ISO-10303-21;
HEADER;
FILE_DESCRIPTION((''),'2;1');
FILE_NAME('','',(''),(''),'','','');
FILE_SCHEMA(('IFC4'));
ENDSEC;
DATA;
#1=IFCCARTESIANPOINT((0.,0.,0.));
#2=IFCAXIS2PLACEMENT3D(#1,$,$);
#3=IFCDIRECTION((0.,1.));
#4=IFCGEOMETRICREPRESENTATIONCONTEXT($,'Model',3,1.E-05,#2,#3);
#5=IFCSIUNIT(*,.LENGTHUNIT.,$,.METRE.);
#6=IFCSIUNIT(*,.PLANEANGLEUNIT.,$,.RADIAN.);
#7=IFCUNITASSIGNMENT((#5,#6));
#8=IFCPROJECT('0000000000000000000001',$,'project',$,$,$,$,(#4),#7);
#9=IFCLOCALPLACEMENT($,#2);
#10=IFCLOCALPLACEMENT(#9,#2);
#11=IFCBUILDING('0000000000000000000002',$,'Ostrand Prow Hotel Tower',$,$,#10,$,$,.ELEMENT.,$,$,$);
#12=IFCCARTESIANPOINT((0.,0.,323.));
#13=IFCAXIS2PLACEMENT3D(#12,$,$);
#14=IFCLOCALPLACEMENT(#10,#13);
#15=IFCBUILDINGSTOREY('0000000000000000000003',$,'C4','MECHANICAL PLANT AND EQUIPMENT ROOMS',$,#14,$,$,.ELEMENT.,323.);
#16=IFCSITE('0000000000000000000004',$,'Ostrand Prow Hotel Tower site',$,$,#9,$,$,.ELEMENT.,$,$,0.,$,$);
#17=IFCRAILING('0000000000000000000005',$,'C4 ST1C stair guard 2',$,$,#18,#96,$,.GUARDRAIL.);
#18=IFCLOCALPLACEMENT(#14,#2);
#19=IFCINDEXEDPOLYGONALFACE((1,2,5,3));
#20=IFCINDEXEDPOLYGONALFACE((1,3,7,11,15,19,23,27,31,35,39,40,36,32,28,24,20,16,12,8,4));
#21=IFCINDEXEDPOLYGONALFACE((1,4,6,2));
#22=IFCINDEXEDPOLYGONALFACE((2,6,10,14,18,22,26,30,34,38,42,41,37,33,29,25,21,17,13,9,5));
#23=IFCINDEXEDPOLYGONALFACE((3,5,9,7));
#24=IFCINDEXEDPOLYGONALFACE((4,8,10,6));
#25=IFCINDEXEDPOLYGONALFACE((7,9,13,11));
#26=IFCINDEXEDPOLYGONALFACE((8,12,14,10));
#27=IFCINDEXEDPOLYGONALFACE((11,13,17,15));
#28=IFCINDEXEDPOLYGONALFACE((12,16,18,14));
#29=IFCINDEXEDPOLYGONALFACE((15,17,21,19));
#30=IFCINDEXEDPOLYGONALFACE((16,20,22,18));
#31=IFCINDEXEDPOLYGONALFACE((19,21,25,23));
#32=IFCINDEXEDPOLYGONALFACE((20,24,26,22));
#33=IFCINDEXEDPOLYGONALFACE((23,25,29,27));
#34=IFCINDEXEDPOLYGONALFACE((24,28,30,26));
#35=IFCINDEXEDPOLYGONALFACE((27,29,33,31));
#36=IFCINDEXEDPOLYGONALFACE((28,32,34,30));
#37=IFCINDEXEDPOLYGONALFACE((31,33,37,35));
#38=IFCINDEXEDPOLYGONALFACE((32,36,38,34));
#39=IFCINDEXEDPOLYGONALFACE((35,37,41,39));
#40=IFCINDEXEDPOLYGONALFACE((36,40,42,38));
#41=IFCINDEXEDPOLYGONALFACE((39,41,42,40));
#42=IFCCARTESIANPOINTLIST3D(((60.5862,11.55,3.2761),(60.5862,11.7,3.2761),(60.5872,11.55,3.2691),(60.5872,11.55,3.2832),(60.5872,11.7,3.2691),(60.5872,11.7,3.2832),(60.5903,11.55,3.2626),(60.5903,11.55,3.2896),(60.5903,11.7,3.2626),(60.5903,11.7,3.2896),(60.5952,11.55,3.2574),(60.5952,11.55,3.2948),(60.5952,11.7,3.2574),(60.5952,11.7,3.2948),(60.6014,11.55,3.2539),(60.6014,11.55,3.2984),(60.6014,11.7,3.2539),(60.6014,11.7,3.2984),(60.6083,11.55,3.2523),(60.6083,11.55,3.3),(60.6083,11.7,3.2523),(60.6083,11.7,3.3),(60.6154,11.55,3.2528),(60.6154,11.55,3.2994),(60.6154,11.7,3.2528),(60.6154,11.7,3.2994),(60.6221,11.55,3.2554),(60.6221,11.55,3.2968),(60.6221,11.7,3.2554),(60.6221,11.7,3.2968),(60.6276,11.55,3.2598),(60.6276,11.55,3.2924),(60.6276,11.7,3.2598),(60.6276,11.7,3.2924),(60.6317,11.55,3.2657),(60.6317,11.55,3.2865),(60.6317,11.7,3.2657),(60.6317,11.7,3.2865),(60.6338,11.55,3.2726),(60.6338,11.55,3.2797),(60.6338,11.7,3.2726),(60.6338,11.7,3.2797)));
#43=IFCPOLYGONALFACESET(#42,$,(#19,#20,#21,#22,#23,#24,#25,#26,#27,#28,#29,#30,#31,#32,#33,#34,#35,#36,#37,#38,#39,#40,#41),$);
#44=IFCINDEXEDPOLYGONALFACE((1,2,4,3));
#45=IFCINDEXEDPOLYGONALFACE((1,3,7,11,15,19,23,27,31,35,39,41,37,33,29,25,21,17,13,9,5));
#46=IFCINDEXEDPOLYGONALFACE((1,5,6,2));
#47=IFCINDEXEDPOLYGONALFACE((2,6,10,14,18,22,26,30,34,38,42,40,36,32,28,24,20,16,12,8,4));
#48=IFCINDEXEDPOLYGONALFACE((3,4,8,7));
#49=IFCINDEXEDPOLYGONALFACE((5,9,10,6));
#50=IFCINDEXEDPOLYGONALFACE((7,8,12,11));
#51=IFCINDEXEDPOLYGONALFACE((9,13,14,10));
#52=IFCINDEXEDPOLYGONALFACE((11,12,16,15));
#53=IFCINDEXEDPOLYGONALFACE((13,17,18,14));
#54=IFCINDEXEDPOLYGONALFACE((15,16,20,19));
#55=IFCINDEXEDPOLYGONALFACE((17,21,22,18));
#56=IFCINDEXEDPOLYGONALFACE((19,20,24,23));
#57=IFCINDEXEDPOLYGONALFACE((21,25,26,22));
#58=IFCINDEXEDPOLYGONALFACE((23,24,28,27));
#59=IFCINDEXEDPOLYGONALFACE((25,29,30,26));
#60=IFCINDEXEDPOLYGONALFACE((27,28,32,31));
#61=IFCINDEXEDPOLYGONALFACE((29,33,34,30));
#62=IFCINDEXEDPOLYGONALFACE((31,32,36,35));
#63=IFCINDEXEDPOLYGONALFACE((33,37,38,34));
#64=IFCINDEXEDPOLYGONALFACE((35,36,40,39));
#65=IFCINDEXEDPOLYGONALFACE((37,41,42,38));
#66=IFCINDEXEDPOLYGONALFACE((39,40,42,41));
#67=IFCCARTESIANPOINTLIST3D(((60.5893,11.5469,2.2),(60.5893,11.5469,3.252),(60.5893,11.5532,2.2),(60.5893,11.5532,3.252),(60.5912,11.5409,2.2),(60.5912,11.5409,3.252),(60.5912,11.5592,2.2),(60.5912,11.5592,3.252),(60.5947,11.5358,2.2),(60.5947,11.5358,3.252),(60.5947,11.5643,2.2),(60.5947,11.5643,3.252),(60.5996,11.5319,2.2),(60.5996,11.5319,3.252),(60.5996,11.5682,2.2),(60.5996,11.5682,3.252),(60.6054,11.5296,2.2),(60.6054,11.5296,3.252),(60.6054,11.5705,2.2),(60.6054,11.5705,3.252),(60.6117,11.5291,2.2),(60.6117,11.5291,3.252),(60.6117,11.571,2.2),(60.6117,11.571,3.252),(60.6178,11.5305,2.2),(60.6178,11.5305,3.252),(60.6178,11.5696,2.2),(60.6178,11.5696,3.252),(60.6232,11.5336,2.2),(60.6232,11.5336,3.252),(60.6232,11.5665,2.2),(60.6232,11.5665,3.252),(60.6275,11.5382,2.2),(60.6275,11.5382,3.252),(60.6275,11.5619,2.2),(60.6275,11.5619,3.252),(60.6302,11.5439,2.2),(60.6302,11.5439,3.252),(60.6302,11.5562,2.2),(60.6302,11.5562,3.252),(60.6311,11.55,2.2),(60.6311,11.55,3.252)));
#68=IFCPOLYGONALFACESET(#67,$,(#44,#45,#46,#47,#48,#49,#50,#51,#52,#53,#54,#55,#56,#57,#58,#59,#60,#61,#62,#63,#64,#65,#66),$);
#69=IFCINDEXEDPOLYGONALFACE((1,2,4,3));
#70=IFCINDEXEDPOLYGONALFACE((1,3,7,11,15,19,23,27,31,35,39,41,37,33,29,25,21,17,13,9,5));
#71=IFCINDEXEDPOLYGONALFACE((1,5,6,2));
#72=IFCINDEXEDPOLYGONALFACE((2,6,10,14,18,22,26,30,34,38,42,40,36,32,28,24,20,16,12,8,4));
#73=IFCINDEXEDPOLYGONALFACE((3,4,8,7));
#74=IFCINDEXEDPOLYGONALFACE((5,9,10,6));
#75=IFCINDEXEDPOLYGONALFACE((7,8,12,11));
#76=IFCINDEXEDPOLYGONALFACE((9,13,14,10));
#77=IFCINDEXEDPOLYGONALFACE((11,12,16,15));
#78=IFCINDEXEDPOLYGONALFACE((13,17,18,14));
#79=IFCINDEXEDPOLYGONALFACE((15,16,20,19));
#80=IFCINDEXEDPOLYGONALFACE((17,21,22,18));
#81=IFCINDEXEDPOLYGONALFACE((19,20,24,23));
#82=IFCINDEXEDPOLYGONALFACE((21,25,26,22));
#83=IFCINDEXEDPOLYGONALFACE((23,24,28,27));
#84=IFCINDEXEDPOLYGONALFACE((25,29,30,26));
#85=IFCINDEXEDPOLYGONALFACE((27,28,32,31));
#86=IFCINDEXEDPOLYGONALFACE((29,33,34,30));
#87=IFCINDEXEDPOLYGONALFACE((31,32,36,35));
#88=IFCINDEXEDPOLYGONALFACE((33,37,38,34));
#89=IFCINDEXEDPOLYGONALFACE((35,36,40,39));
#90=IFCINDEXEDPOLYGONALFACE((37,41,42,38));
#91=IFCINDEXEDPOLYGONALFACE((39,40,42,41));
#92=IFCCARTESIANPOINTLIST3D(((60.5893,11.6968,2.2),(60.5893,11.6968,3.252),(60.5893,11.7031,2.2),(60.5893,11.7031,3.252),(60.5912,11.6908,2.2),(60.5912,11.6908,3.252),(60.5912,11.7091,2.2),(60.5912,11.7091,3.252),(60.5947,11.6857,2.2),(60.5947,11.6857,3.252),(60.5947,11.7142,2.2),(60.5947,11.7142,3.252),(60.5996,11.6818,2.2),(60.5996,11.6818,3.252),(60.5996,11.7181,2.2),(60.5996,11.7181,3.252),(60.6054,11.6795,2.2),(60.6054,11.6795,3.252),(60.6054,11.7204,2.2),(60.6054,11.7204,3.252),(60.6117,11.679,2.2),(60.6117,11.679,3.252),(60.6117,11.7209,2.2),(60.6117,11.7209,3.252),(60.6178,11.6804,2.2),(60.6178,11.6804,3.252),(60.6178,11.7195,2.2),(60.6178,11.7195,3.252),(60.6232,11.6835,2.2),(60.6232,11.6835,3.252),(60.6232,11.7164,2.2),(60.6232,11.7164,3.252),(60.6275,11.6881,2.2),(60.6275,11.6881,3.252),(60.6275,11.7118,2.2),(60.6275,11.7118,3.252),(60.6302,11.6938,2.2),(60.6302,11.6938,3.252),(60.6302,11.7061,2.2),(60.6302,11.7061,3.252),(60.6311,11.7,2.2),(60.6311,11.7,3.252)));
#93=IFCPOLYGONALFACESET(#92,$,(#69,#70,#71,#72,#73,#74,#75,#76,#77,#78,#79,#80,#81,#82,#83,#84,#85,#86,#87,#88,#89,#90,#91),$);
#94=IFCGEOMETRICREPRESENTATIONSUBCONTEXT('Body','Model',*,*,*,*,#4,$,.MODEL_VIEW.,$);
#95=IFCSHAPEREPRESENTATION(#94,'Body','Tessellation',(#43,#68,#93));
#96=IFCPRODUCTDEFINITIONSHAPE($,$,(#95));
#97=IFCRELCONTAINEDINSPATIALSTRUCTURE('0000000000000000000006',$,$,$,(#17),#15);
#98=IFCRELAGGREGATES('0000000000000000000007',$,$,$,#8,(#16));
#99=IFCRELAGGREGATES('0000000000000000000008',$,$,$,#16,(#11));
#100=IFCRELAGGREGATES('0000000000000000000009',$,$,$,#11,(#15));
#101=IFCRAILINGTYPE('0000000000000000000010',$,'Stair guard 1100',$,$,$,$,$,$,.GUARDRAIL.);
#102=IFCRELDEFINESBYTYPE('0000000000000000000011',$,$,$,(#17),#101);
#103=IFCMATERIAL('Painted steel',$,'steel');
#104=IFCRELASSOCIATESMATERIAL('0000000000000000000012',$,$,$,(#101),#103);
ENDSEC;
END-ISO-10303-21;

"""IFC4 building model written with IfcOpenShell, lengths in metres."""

from ifc_helpers import new_model, si_unit, direction, frame, origin, origin_2d, place, context, subcontext, project, spatial, circle, extrude, material, type_object, element, save


model = new_model("IFC4")

# Units and contexts
model_context = context("Model", 3, precision=1e-05, world=origin(), true_north=direction((0.0, 1.0)))
body_context = subcontext(model_context, "Body", "Model", "MODEL_VIEW")
ifc_project = project(units=[si_unit("LENGTHUNIT", "METRE"), si_unit("PLANEANGLEUNIT", "RADIAN")], contexts=[model_context])

# Site, building, storey
site_placement = place(None, origin())
site = spatial("IfcSite", under=ifc_project, at=site_placement, Name="Ostrand Prow Hotel Tower site", CompositionType="ELEMENT", RefElevation=0.0)
building_placement = place(site_placement, origin())
building = spatial("IfcBuilding", under=site, at=building_placement, Name="Ostrand Prow Hotel Tower", CompositionType="ELEMENT")
storey_placement = place(building_placement, frame((0.0, 0.0, 323.0)))
storey = spatial("IfcBuildingStorey", under=building, at=storey_placement, Name="C4", Description="MECHANICAL PLANT AND EQUIPMENT ROOMS", CompositionType="ELEMENT", Elevation=323.0)

# Railing
ifc_material_1 = material(Name="Painted steel", Category="steel")
railing_type_1 = type_object("IfcRailingType", Name="Stair guard 1100", PredefinedType="GUARDRAIL", material=ifc_material_1)
railing_1_placement = place(storey_placement, frame((60.6101, 11.55, 2.2)))
element("IfcRailing", 1, at=railing_1_placement, inside=storey, type_object=railing_type_1, Name="C4 ST1C stair guard 2", PredefinedType="GUARDRAIL", context=body_context, shape_type="SweptSolid", body=[
    extrude(circle(Radius=0.0239, at=origin_2d()), frame((0.0, 0.0, 1.0762), z_axis=(0.0, 1.0, 0.0), x_axis=(-1.0, 0.0, 0.0)), (0.0, 0.0, 1.0), 0.1499),
    extrude(circle(Radius=0.021, at=origin_2d()), origin(), (0.0, 0.0, 1.0), 1.052),
    extrude(circle(Radius=0.021, at=origin_2d()), frame((0.0, 0.1499, 0.0)), (0.0, 0.0, 1.0), 1.052),
])

save(model, "model.ifc")
